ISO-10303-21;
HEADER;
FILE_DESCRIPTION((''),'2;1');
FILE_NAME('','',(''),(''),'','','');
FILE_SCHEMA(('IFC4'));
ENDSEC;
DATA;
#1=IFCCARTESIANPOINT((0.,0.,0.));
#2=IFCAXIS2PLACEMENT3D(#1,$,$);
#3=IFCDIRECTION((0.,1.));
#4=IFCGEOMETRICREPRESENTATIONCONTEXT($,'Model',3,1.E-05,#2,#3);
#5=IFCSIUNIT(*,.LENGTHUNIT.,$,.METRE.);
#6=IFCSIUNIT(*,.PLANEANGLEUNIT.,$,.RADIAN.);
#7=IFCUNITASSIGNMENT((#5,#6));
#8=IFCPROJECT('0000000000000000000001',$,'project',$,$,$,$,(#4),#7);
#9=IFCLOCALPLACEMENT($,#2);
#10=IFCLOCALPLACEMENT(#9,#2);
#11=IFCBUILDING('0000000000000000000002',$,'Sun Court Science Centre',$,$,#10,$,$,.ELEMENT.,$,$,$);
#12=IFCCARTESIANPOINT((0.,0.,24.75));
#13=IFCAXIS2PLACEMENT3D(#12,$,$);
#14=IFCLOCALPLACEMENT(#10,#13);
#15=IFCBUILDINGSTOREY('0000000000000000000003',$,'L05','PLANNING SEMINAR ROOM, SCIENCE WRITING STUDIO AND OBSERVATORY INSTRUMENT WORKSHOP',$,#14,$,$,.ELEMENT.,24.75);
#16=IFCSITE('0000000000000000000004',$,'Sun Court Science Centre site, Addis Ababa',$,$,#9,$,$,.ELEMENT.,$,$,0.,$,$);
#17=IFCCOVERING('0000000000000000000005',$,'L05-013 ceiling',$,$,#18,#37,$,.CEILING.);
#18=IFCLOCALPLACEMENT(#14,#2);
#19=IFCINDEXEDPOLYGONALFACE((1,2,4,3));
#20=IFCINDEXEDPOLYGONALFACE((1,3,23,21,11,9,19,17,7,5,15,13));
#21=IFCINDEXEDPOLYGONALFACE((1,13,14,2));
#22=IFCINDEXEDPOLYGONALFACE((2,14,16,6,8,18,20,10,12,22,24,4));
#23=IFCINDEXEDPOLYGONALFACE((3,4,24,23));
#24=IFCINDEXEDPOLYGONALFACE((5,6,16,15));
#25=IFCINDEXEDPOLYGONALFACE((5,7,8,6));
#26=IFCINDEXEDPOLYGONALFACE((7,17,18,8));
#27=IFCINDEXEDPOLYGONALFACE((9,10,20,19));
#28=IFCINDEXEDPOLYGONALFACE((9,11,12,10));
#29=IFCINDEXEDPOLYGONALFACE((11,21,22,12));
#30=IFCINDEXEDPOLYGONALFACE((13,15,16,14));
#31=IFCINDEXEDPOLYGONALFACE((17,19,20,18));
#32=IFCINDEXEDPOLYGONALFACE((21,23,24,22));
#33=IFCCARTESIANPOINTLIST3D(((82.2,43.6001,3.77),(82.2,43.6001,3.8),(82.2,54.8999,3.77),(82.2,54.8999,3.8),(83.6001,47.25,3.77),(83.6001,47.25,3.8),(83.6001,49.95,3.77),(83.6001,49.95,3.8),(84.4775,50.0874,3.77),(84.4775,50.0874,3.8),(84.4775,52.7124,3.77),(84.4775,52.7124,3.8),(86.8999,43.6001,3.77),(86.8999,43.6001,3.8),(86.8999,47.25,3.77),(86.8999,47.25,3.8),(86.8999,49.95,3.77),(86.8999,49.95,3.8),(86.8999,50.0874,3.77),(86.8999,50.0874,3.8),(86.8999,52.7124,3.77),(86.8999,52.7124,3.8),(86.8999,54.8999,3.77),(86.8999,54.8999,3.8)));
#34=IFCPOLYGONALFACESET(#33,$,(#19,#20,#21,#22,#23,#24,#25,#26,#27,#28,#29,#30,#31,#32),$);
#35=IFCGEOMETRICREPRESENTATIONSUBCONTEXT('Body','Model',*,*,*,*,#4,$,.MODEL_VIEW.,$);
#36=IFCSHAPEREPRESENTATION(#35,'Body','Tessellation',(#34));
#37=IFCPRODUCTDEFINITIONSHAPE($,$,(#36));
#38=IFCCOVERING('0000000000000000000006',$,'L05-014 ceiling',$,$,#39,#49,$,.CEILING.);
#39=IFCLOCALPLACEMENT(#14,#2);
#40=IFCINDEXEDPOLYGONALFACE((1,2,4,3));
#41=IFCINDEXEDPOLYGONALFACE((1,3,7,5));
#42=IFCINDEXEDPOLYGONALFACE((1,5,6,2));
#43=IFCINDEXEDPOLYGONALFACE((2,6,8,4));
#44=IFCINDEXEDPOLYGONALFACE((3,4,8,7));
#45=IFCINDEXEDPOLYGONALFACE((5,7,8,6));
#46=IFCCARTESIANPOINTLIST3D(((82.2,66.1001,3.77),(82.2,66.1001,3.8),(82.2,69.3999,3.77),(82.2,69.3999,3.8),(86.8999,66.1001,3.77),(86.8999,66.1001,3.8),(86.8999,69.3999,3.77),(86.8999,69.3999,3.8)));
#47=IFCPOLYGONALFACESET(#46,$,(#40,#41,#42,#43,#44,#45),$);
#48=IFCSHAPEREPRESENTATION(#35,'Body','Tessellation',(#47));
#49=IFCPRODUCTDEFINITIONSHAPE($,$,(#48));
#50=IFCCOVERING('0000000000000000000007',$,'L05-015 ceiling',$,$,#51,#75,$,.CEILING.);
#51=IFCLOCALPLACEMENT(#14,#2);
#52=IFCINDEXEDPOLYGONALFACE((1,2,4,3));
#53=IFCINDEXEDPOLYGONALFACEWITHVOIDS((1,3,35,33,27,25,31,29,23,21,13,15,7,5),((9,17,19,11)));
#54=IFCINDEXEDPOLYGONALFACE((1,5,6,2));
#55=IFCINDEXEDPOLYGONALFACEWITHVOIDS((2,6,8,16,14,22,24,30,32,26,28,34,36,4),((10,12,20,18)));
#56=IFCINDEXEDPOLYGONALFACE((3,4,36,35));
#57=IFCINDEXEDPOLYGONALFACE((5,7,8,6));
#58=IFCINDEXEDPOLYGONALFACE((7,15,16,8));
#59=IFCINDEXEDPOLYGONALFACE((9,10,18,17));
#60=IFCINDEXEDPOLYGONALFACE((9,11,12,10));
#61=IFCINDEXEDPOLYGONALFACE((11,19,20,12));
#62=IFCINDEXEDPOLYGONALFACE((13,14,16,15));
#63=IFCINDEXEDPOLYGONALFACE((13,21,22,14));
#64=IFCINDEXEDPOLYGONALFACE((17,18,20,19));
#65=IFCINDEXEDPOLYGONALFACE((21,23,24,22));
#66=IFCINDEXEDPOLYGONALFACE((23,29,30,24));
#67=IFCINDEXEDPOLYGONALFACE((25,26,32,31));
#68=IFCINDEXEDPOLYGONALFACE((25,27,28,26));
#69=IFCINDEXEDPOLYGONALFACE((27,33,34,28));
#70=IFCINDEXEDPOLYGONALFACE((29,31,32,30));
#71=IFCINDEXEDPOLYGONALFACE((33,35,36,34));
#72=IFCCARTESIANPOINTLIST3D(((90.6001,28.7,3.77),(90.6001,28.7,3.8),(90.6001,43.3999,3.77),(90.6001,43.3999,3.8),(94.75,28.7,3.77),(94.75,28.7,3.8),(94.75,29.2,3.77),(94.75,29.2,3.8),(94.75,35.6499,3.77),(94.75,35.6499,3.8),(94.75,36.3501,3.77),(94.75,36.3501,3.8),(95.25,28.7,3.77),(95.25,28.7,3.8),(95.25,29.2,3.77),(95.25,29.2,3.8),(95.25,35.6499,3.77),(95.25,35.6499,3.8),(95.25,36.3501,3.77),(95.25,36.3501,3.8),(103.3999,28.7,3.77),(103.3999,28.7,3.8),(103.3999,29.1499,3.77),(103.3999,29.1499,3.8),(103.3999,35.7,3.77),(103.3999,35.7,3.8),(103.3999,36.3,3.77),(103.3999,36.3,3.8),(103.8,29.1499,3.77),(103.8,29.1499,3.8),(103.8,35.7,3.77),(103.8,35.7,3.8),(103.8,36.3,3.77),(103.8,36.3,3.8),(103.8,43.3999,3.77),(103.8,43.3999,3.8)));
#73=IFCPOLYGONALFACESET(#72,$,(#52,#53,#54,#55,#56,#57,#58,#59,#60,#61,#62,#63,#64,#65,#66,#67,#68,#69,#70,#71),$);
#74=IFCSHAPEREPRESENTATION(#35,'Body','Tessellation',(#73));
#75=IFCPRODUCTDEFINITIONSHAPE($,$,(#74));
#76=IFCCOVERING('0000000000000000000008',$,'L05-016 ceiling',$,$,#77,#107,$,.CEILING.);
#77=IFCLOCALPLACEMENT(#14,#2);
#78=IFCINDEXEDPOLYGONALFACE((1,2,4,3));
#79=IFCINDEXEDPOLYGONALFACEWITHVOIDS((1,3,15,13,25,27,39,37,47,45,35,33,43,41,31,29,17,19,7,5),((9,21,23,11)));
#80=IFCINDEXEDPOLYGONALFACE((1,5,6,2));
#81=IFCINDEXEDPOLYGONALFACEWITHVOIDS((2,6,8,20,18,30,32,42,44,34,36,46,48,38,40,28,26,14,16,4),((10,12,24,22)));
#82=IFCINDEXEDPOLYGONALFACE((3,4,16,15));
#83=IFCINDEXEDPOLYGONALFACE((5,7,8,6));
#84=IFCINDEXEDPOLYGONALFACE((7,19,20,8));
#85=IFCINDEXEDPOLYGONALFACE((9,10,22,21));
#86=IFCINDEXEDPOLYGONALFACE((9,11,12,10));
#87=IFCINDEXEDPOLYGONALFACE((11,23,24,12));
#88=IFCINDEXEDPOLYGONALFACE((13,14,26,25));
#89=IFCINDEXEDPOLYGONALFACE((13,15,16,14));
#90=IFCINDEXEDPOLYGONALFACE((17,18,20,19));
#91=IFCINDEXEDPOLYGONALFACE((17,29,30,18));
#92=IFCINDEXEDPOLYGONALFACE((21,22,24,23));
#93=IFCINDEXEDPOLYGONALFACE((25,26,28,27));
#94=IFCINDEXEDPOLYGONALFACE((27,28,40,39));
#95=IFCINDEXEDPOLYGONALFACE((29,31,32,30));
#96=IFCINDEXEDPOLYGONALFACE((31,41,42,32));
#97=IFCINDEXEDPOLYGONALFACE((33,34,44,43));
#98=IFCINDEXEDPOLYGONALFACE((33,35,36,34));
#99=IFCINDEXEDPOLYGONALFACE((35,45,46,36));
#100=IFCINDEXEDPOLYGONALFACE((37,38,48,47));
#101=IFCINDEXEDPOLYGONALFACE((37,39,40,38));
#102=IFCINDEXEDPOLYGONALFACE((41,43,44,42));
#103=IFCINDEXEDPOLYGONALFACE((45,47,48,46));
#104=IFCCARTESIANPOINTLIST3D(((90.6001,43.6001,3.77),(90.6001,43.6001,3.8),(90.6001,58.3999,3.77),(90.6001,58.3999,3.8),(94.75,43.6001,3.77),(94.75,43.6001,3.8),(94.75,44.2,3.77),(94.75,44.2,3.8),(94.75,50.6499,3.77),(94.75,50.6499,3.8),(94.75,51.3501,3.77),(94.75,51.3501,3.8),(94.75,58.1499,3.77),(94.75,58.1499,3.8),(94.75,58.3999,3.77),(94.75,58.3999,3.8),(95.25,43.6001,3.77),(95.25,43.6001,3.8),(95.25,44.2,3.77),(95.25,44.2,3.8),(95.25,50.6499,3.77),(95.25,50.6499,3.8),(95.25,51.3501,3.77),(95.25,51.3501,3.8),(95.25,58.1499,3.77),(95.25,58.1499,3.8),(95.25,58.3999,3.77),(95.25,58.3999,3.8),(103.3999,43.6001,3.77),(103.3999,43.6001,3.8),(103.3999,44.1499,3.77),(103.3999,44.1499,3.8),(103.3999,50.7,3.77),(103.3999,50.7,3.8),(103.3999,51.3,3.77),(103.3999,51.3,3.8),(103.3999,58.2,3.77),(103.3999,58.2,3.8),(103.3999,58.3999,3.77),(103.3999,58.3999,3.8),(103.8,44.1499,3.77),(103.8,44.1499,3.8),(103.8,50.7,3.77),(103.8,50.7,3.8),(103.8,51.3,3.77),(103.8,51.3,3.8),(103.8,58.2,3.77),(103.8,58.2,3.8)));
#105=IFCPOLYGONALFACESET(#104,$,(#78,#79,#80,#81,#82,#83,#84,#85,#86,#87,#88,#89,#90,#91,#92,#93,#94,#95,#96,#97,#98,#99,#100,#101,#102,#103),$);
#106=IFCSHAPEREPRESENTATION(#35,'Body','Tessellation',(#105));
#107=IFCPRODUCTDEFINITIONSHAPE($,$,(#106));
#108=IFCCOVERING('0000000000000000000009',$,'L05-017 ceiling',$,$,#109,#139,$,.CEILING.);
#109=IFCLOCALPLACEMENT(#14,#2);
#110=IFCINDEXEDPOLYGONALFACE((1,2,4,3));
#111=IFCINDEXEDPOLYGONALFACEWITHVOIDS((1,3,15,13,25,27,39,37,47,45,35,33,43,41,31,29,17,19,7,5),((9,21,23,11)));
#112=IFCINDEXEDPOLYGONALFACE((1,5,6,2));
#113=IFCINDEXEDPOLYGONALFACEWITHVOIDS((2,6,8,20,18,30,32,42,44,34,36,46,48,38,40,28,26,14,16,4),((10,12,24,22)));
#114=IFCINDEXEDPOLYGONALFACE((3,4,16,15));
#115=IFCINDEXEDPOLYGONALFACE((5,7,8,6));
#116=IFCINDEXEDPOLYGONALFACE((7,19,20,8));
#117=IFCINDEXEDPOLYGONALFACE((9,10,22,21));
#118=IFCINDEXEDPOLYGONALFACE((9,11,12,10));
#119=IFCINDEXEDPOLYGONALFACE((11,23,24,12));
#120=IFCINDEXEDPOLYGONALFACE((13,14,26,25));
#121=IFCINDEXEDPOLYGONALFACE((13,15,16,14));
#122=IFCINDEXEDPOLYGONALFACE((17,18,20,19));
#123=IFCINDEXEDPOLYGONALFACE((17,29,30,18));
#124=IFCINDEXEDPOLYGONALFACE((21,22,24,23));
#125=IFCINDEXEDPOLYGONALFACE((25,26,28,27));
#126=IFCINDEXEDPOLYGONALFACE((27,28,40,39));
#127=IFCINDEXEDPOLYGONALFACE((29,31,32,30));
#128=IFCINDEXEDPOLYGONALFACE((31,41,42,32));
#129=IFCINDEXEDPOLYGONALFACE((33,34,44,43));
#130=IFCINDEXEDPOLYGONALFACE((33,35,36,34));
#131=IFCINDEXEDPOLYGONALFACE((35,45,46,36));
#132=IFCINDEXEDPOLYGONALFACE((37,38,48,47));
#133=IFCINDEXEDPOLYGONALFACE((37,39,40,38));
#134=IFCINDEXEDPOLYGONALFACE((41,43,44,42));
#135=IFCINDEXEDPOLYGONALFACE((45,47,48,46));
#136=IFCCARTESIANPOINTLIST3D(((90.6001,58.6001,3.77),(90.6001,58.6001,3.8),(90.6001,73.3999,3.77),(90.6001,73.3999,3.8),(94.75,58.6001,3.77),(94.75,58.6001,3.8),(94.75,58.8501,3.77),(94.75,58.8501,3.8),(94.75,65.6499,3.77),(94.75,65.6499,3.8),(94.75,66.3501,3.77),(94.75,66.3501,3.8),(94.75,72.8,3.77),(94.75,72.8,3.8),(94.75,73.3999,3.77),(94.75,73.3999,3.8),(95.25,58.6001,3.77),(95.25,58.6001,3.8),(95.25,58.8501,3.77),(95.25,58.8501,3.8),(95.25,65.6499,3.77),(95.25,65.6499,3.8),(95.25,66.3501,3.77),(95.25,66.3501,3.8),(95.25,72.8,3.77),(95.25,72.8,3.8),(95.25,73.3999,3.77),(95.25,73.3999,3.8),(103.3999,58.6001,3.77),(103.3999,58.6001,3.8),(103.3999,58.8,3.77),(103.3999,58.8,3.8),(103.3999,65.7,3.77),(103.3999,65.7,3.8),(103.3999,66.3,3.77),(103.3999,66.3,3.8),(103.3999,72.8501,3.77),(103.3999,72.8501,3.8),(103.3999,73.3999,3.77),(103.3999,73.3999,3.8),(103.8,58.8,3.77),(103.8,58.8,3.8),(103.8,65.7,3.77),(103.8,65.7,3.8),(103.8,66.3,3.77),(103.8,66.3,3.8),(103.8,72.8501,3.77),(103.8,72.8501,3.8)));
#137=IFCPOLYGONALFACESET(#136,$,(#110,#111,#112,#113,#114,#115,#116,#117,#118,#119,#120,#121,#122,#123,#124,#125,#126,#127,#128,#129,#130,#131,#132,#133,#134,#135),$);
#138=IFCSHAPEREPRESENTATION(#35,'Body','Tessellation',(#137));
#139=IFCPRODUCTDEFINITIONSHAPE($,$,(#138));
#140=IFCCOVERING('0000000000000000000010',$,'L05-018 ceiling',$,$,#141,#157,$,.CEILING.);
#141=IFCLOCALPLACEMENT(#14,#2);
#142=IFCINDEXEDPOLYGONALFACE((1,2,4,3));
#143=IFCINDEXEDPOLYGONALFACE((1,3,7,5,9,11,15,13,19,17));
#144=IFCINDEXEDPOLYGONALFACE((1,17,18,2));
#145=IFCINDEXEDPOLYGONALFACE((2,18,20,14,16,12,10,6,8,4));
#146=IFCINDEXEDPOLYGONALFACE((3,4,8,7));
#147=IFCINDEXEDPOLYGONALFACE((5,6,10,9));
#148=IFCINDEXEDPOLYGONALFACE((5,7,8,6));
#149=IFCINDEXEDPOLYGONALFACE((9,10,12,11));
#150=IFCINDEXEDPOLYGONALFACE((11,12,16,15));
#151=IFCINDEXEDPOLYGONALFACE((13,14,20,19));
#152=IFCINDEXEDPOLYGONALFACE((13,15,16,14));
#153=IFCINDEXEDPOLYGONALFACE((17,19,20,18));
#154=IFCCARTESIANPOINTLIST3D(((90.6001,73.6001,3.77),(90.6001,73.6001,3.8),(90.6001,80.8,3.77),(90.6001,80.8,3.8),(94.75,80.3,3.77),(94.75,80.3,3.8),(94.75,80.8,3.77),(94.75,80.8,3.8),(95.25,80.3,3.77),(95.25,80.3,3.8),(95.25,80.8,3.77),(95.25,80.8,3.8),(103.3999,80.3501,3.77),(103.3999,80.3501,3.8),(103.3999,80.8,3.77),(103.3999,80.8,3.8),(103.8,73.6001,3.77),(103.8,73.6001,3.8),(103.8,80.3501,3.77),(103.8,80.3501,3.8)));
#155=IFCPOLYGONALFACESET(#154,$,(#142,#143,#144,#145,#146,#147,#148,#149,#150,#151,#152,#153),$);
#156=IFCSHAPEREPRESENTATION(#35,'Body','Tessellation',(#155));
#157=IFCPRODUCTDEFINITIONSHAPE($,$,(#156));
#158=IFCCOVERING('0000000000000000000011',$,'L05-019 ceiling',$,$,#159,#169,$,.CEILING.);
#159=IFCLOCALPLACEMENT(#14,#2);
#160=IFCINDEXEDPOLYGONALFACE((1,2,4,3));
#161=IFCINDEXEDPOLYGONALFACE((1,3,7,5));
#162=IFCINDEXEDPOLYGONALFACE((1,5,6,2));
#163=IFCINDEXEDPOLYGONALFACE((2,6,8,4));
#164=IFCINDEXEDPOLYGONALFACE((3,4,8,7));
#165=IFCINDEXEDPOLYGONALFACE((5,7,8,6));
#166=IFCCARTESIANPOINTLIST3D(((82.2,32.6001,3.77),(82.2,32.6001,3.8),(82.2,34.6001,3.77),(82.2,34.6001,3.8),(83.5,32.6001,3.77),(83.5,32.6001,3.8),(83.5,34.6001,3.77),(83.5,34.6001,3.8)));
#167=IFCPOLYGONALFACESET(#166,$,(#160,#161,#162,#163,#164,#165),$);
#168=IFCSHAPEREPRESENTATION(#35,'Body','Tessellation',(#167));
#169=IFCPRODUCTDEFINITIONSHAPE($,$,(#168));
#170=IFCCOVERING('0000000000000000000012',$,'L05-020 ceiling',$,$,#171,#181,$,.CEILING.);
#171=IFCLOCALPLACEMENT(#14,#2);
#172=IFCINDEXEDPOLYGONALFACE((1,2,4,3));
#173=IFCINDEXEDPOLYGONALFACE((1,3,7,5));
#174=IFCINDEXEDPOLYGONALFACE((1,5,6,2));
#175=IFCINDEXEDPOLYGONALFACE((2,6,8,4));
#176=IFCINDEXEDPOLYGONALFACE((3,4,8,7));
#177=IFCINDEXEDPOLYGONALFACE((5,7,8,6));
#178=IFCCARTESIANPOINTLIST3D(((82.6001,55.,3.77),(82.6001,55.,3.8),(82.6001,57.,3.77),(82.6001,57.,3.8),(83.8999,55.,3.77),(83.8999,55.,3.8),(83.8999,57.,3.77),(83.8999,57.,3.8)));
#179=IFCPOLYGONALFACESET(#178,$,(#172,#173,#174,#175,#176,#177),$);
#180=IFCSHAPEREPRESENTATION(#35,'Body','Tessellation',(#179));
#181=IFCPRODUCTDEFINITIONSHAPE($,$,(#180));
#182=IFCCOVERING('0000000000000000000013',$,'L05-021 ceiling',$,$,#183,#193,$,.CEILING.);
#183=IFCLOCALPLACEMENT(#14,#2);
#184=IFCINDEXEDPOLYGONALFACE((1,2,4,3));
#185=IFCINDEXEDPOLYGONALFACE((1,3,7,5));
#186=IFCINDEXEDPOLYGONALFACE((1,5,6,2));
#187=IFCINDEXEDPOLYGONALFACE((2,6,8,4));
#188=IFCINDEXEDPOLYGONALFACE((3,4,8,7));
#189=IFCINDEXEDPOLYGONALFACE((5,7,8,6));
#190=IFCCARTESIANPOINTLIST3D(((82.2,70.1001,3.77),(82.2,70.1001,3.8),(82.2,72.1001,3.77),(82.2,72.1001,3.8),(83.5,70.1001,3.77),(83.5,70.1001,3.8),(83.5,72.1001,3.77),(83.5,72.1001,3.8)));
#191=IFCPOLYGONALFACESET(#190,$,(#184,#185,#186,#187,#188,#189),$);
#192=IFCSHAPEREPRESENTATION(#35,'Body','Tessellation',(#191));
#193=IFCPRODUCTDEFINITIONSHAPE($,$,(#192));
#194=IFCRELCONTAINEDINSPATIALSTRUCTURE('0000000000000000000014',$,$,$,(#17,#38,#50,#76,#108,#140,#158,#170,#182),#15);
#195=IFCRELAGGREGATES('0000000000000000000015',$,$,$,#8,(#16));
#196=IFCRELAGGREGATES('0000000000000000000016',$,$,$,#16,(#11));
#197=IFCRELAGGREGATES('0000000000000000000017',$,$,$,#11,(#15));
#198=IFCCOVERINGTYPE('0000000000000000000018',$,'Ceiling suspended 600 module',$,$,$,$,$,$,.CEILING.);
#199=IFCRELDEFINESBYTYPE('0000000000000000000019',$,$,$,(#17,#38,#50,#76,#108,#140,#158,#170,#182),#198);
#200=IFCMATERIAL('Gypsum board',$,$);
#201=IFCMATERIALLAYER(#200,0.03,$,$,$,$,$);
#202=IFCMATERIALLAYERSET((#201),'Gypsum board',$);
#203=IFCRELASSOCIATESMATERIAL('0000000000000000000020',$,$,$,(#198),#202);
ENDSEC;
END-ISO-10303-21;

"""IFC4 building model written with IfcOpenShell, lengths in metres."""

from ifc_helpers import new_model, si_unit, direction, frame, origin, place, context, subcontext, project, spatial, polyline, outline, extrude, material, layer, layer_set, type_object, element, save


model = new_model("IFC4")

# Units and contexts
model_context = context("Model", 3, precision=1e-05, world=origin(), true_north=direction((0.0, 1.0)))
body_context = subcontext(model_context, "Body", "Model", "MODEL_VIEW")
ifc_project = project(units=[si_unit("LENGTHUNIT", "METRE"), si_unit("PLANEANGLEUNIT", "RADIAN")], contexts=[model_context])

# Site, building, storey
site_placement = place(None, origin())
site = spatial("IfcSite", under=ifc_project, at=site_placement, Name="Sun Court Science Centre site, Addis Ababa", CompositionType="ELEMENT", RefElevation=0.0)
building_placement = place(site_placement, origin())
building = spatial("IfcBuilding", under=site, at=building_placement, Name="Sun Court Science Centre", CompositionType="ELEMENT")
storey_placement = place(building_placement, frame((0.0, 0.0, 24.75)))
storey = spatial("IfcBuildingStorey", under=building, at=storey_placement, Name="L05", Description="PLANNING SEMINAR ROOM, SCIENCE WRITING STUDIO AND OBSERVATORY INSTRUMENT WORKSHOP", CompositionType="ELEMENT", Elevation=24.75)

# Coverings
ifc_material_1 = material(Name="Gypsum board")
ifc_layer_1 = layer(ifc_material_1, 0.03)
ifc_layer_set_1 = layer_set([ifc_layer_1], Name="Gypsum board")
covering_type_1 = type_object("IfcCoveringType", Name="Ceiling suspended 600 module", PredefinedType="CEILING", material=ifc_layer_set_1)
covering_1_placement = place(storey_placement, frame((0.0, 0.0, 3.77)))
element("IfcCovering", 1, at=covering_1_placement, inside=storey, type_object=covering_type_1, Name="L05-013 ceiling", PredefinedType="CEILING", context=body_context, shape_type="SweptSolid", body=[
    extrude(outline(polyline([(82.2, 54.8999), (86.8999, 54.8999), (86.8999, 52.7124), (84.4775, 52.7124), (84.4775, 50.0874), (86.8999, 50.0874), (86.8999, 49.95), (83.6001, 49.95), (83.6001, 47.25), (86.8999, 47.25), (86.8999, 43.6001), (82.2, 43.6001), (82.2, 54.8999)])), origin(), (0.0, 0.0, 1.0), 0.03),
])
covering_2_placement = place(storey_placement, frame((0.0, 0.0, 3.77)))
element("IfcCovering", 2, at=covering_2_placement, inside=storey, type_object=covering_type_1, Name="L05-014 ceiling", PredefinedType="CEILING", context=body_context, shape_type="SweptSolid", body=[
    extrude(outline(polyline([(82.2, 69.3999), (86.8999, 69.3999), (86.8999, 66.1001), (82.2, 66.1001), (82.2, 69.3999)])), origin(), (0.0, 0.0, 1.0), 0.03),
])
covering_3_placement = place(storey_placement, frame((0.0, 0.0, 3.77)))
element("IfcCovering", 3, at=covering_3_placement, inside=storey, type_object=covering_type_1, Name="L05-015 ceiling", PredefinedType="CEILING", context=body_context, shape_type="SweptSolid", body=[
    extrude(outline(polyline([(95.25, 28.7), (95.25, 29.2), (94.75, 29.2), (94.75, 28.7), (90.6001, 28.7), (90.6001, 43.3999), (103.8, 43.3999), (103.8, 36.3), (103.3999, 36.3), (103.3999, 35.7), (103.8, 35.7), (103.8, 29.1499), (103.3999, 29.1499), (103.3999, 28.7), (95.25, 28.7)]), holes=[polyline([(95.25, 36.3501), (94.75, 36.3501), (94.75, 35.6499), (95.25, 35.6499), (95.25, 36.3501)])]), origin(), (0.0, 0.0, 1.0), 0.03),
])
covering_4_placement = place(storey_placement, frame((0.0, 0.0, 3.77)))
element("IfcCovering", 4, at=covering_4_placement, inside=storey, type_object=covering_type_1, Name="L05-016 ceiling", PredefinedType="CEILING", context=body_context, shape_type="SweptSolid", body=[
    extrude(outline(polyline([(95.25, 43.6001), (95.25, 44.2), (94.75, 44.2), (94.75, 43.6001), (90.6001, 43.6001), (90.6001, 58.3999), (94.75, 58.3999), (94.75, 58.1499), (95.25, 58.1499), (95.25, 58.3999), (103.3999, 58.3999), (103.3999, 58.2), (103.8, 58.2), (103.8, 51.3), (103.3999, 51.3), (103.3999, 50.7), (103.8, 50.7), (103.8, 44.1499), (103.3999, 44.1499), (103.3999, 43.6001), (95.25, 43.6001)]), holes=[polyline([(95.25, 51.3501), (94.75, 51.3501), (94.75, 50.6499), (95.25, 50.6499), (95.25, 51.3501)])]), origin(), (0.0, 0.0, 1.0), 0.03),
])
covering_5_placement = place(storey_placement, frame((0.0, 0.0, 3.77)))
element("IfcCovering", 5, at=covering_5_placement, inside=storey, type_object=covering_type_1, Name="L05-017 ceiling", PredefinedType="CEILING", context=body_context, shape_type="SweptSolid", body=[
    extrude(outline(polyline([(95.25, 58.6001), (95.25, 58.8501), (94.75, 58.8501), (94.75, 58.6001), (90.6001, 58.6001), (90.6001, 73.3999), (94.75, 73.3999), (94.75, 72.8), (95.25, 72.8), (95.25, 73.3999), (103.3999, 73.3999), (103.3999, 72.8501), (103.8, 72.8501), (103.8, 66.3), (103.3999, 66.3), (103.3999, 65.7), (103.8, 65.7), (103.8, 58.8), (103.3999, 58.8), (103.3999, 58.6001), (95.25, 58.6001)]), holes=[polyline([(94.75, 66.3501), (94.75, 65.6499), (95.25, 65.6499), (95.25, 66.3501), (94.75, 66.3501)])]), origin(), (0.0, 0.0, 1.0), 0.03),
])
covering_6_placement = place(storey_placement, frame((0.0, 0.0, 3.77)))
element("IfcCovering", 6, at=covering_6_placement, inside=storey, type_object=covering_type_1, Name="L05-018 ceiling", PredefinedType="CEILING", context=body_context, shape_type="SweptSolid", body=[
    extrude(outline(polyline([(103.8, 80.3501), (103.8, 73.6001), (90.6001, 73.6001), (90.6001, 80.8), (94.75, 80.8), (94.75, 80.3), (95.25, 80.3), (95.25, 80.8), (103.3999, 80.8), (103.3999, 80.3501), (103.8, 80.3501)])), origin(), (0.0, 0.0, 1.0), 0.03),
])
covering_7_placement = place(storey_placement, frame((0.0, 0.0, 3.77)))
element("IfcCovering", 7, at=covering_7_placement, inside=storey, type_object=covering_type_1, Name="L05-019 ceiling", PredefinedType="CEILING", context=body_context, shape_type="SweptSolid", body=[
    extrude(outline(polyline([(83.5, 34.6001), (83.5, 32.6001), (82.2, 32.6001), (82.2, 34.6001), (83.5, 34.6001)])), origin(), (0.0, 0.0, 1.0), 0.03),
])
covering_8_placement = place(storey_placement, frame((0.0, 0.0, 3.77)))
element("IfcCovering", 8, at=covering_8_placement, inside=storey, type_object=covering_type_1, Name="L05-020 ceiling", PredefinedType="CEILING", context=body_context, shape_type="SweptSolid", body=[
    extrude(outline(polyline([(83.8999, 57.0), (83.8999, 55.0), (82.6001, 55.0), (82.6001, 57.0), (83.8999, 57.0)])), origin(), (0.0, 0.0, 1.0), 0.03),
])
covering_9_placement = place(storey_placement, frame((0.0, 0.0, 3.77)))
element("IfcCovering", 9, at=covering_9_placement, inside=storey, type_object=covering_type_1, Name="L05-021 ceiling", PredefinedType="CEILING", context=body_context, shape_type="SweptSolid", body=[
    extrude(outline(polyline([(83.5, 72.1001), (83.5, 70.1001), (82.2, 70.1001), (82.2, 72.1001), (83.5, 72.1001)])), origin(), (0.0, 0.0, 1.0), 0.03),
])

save(model, "model.ifc")
